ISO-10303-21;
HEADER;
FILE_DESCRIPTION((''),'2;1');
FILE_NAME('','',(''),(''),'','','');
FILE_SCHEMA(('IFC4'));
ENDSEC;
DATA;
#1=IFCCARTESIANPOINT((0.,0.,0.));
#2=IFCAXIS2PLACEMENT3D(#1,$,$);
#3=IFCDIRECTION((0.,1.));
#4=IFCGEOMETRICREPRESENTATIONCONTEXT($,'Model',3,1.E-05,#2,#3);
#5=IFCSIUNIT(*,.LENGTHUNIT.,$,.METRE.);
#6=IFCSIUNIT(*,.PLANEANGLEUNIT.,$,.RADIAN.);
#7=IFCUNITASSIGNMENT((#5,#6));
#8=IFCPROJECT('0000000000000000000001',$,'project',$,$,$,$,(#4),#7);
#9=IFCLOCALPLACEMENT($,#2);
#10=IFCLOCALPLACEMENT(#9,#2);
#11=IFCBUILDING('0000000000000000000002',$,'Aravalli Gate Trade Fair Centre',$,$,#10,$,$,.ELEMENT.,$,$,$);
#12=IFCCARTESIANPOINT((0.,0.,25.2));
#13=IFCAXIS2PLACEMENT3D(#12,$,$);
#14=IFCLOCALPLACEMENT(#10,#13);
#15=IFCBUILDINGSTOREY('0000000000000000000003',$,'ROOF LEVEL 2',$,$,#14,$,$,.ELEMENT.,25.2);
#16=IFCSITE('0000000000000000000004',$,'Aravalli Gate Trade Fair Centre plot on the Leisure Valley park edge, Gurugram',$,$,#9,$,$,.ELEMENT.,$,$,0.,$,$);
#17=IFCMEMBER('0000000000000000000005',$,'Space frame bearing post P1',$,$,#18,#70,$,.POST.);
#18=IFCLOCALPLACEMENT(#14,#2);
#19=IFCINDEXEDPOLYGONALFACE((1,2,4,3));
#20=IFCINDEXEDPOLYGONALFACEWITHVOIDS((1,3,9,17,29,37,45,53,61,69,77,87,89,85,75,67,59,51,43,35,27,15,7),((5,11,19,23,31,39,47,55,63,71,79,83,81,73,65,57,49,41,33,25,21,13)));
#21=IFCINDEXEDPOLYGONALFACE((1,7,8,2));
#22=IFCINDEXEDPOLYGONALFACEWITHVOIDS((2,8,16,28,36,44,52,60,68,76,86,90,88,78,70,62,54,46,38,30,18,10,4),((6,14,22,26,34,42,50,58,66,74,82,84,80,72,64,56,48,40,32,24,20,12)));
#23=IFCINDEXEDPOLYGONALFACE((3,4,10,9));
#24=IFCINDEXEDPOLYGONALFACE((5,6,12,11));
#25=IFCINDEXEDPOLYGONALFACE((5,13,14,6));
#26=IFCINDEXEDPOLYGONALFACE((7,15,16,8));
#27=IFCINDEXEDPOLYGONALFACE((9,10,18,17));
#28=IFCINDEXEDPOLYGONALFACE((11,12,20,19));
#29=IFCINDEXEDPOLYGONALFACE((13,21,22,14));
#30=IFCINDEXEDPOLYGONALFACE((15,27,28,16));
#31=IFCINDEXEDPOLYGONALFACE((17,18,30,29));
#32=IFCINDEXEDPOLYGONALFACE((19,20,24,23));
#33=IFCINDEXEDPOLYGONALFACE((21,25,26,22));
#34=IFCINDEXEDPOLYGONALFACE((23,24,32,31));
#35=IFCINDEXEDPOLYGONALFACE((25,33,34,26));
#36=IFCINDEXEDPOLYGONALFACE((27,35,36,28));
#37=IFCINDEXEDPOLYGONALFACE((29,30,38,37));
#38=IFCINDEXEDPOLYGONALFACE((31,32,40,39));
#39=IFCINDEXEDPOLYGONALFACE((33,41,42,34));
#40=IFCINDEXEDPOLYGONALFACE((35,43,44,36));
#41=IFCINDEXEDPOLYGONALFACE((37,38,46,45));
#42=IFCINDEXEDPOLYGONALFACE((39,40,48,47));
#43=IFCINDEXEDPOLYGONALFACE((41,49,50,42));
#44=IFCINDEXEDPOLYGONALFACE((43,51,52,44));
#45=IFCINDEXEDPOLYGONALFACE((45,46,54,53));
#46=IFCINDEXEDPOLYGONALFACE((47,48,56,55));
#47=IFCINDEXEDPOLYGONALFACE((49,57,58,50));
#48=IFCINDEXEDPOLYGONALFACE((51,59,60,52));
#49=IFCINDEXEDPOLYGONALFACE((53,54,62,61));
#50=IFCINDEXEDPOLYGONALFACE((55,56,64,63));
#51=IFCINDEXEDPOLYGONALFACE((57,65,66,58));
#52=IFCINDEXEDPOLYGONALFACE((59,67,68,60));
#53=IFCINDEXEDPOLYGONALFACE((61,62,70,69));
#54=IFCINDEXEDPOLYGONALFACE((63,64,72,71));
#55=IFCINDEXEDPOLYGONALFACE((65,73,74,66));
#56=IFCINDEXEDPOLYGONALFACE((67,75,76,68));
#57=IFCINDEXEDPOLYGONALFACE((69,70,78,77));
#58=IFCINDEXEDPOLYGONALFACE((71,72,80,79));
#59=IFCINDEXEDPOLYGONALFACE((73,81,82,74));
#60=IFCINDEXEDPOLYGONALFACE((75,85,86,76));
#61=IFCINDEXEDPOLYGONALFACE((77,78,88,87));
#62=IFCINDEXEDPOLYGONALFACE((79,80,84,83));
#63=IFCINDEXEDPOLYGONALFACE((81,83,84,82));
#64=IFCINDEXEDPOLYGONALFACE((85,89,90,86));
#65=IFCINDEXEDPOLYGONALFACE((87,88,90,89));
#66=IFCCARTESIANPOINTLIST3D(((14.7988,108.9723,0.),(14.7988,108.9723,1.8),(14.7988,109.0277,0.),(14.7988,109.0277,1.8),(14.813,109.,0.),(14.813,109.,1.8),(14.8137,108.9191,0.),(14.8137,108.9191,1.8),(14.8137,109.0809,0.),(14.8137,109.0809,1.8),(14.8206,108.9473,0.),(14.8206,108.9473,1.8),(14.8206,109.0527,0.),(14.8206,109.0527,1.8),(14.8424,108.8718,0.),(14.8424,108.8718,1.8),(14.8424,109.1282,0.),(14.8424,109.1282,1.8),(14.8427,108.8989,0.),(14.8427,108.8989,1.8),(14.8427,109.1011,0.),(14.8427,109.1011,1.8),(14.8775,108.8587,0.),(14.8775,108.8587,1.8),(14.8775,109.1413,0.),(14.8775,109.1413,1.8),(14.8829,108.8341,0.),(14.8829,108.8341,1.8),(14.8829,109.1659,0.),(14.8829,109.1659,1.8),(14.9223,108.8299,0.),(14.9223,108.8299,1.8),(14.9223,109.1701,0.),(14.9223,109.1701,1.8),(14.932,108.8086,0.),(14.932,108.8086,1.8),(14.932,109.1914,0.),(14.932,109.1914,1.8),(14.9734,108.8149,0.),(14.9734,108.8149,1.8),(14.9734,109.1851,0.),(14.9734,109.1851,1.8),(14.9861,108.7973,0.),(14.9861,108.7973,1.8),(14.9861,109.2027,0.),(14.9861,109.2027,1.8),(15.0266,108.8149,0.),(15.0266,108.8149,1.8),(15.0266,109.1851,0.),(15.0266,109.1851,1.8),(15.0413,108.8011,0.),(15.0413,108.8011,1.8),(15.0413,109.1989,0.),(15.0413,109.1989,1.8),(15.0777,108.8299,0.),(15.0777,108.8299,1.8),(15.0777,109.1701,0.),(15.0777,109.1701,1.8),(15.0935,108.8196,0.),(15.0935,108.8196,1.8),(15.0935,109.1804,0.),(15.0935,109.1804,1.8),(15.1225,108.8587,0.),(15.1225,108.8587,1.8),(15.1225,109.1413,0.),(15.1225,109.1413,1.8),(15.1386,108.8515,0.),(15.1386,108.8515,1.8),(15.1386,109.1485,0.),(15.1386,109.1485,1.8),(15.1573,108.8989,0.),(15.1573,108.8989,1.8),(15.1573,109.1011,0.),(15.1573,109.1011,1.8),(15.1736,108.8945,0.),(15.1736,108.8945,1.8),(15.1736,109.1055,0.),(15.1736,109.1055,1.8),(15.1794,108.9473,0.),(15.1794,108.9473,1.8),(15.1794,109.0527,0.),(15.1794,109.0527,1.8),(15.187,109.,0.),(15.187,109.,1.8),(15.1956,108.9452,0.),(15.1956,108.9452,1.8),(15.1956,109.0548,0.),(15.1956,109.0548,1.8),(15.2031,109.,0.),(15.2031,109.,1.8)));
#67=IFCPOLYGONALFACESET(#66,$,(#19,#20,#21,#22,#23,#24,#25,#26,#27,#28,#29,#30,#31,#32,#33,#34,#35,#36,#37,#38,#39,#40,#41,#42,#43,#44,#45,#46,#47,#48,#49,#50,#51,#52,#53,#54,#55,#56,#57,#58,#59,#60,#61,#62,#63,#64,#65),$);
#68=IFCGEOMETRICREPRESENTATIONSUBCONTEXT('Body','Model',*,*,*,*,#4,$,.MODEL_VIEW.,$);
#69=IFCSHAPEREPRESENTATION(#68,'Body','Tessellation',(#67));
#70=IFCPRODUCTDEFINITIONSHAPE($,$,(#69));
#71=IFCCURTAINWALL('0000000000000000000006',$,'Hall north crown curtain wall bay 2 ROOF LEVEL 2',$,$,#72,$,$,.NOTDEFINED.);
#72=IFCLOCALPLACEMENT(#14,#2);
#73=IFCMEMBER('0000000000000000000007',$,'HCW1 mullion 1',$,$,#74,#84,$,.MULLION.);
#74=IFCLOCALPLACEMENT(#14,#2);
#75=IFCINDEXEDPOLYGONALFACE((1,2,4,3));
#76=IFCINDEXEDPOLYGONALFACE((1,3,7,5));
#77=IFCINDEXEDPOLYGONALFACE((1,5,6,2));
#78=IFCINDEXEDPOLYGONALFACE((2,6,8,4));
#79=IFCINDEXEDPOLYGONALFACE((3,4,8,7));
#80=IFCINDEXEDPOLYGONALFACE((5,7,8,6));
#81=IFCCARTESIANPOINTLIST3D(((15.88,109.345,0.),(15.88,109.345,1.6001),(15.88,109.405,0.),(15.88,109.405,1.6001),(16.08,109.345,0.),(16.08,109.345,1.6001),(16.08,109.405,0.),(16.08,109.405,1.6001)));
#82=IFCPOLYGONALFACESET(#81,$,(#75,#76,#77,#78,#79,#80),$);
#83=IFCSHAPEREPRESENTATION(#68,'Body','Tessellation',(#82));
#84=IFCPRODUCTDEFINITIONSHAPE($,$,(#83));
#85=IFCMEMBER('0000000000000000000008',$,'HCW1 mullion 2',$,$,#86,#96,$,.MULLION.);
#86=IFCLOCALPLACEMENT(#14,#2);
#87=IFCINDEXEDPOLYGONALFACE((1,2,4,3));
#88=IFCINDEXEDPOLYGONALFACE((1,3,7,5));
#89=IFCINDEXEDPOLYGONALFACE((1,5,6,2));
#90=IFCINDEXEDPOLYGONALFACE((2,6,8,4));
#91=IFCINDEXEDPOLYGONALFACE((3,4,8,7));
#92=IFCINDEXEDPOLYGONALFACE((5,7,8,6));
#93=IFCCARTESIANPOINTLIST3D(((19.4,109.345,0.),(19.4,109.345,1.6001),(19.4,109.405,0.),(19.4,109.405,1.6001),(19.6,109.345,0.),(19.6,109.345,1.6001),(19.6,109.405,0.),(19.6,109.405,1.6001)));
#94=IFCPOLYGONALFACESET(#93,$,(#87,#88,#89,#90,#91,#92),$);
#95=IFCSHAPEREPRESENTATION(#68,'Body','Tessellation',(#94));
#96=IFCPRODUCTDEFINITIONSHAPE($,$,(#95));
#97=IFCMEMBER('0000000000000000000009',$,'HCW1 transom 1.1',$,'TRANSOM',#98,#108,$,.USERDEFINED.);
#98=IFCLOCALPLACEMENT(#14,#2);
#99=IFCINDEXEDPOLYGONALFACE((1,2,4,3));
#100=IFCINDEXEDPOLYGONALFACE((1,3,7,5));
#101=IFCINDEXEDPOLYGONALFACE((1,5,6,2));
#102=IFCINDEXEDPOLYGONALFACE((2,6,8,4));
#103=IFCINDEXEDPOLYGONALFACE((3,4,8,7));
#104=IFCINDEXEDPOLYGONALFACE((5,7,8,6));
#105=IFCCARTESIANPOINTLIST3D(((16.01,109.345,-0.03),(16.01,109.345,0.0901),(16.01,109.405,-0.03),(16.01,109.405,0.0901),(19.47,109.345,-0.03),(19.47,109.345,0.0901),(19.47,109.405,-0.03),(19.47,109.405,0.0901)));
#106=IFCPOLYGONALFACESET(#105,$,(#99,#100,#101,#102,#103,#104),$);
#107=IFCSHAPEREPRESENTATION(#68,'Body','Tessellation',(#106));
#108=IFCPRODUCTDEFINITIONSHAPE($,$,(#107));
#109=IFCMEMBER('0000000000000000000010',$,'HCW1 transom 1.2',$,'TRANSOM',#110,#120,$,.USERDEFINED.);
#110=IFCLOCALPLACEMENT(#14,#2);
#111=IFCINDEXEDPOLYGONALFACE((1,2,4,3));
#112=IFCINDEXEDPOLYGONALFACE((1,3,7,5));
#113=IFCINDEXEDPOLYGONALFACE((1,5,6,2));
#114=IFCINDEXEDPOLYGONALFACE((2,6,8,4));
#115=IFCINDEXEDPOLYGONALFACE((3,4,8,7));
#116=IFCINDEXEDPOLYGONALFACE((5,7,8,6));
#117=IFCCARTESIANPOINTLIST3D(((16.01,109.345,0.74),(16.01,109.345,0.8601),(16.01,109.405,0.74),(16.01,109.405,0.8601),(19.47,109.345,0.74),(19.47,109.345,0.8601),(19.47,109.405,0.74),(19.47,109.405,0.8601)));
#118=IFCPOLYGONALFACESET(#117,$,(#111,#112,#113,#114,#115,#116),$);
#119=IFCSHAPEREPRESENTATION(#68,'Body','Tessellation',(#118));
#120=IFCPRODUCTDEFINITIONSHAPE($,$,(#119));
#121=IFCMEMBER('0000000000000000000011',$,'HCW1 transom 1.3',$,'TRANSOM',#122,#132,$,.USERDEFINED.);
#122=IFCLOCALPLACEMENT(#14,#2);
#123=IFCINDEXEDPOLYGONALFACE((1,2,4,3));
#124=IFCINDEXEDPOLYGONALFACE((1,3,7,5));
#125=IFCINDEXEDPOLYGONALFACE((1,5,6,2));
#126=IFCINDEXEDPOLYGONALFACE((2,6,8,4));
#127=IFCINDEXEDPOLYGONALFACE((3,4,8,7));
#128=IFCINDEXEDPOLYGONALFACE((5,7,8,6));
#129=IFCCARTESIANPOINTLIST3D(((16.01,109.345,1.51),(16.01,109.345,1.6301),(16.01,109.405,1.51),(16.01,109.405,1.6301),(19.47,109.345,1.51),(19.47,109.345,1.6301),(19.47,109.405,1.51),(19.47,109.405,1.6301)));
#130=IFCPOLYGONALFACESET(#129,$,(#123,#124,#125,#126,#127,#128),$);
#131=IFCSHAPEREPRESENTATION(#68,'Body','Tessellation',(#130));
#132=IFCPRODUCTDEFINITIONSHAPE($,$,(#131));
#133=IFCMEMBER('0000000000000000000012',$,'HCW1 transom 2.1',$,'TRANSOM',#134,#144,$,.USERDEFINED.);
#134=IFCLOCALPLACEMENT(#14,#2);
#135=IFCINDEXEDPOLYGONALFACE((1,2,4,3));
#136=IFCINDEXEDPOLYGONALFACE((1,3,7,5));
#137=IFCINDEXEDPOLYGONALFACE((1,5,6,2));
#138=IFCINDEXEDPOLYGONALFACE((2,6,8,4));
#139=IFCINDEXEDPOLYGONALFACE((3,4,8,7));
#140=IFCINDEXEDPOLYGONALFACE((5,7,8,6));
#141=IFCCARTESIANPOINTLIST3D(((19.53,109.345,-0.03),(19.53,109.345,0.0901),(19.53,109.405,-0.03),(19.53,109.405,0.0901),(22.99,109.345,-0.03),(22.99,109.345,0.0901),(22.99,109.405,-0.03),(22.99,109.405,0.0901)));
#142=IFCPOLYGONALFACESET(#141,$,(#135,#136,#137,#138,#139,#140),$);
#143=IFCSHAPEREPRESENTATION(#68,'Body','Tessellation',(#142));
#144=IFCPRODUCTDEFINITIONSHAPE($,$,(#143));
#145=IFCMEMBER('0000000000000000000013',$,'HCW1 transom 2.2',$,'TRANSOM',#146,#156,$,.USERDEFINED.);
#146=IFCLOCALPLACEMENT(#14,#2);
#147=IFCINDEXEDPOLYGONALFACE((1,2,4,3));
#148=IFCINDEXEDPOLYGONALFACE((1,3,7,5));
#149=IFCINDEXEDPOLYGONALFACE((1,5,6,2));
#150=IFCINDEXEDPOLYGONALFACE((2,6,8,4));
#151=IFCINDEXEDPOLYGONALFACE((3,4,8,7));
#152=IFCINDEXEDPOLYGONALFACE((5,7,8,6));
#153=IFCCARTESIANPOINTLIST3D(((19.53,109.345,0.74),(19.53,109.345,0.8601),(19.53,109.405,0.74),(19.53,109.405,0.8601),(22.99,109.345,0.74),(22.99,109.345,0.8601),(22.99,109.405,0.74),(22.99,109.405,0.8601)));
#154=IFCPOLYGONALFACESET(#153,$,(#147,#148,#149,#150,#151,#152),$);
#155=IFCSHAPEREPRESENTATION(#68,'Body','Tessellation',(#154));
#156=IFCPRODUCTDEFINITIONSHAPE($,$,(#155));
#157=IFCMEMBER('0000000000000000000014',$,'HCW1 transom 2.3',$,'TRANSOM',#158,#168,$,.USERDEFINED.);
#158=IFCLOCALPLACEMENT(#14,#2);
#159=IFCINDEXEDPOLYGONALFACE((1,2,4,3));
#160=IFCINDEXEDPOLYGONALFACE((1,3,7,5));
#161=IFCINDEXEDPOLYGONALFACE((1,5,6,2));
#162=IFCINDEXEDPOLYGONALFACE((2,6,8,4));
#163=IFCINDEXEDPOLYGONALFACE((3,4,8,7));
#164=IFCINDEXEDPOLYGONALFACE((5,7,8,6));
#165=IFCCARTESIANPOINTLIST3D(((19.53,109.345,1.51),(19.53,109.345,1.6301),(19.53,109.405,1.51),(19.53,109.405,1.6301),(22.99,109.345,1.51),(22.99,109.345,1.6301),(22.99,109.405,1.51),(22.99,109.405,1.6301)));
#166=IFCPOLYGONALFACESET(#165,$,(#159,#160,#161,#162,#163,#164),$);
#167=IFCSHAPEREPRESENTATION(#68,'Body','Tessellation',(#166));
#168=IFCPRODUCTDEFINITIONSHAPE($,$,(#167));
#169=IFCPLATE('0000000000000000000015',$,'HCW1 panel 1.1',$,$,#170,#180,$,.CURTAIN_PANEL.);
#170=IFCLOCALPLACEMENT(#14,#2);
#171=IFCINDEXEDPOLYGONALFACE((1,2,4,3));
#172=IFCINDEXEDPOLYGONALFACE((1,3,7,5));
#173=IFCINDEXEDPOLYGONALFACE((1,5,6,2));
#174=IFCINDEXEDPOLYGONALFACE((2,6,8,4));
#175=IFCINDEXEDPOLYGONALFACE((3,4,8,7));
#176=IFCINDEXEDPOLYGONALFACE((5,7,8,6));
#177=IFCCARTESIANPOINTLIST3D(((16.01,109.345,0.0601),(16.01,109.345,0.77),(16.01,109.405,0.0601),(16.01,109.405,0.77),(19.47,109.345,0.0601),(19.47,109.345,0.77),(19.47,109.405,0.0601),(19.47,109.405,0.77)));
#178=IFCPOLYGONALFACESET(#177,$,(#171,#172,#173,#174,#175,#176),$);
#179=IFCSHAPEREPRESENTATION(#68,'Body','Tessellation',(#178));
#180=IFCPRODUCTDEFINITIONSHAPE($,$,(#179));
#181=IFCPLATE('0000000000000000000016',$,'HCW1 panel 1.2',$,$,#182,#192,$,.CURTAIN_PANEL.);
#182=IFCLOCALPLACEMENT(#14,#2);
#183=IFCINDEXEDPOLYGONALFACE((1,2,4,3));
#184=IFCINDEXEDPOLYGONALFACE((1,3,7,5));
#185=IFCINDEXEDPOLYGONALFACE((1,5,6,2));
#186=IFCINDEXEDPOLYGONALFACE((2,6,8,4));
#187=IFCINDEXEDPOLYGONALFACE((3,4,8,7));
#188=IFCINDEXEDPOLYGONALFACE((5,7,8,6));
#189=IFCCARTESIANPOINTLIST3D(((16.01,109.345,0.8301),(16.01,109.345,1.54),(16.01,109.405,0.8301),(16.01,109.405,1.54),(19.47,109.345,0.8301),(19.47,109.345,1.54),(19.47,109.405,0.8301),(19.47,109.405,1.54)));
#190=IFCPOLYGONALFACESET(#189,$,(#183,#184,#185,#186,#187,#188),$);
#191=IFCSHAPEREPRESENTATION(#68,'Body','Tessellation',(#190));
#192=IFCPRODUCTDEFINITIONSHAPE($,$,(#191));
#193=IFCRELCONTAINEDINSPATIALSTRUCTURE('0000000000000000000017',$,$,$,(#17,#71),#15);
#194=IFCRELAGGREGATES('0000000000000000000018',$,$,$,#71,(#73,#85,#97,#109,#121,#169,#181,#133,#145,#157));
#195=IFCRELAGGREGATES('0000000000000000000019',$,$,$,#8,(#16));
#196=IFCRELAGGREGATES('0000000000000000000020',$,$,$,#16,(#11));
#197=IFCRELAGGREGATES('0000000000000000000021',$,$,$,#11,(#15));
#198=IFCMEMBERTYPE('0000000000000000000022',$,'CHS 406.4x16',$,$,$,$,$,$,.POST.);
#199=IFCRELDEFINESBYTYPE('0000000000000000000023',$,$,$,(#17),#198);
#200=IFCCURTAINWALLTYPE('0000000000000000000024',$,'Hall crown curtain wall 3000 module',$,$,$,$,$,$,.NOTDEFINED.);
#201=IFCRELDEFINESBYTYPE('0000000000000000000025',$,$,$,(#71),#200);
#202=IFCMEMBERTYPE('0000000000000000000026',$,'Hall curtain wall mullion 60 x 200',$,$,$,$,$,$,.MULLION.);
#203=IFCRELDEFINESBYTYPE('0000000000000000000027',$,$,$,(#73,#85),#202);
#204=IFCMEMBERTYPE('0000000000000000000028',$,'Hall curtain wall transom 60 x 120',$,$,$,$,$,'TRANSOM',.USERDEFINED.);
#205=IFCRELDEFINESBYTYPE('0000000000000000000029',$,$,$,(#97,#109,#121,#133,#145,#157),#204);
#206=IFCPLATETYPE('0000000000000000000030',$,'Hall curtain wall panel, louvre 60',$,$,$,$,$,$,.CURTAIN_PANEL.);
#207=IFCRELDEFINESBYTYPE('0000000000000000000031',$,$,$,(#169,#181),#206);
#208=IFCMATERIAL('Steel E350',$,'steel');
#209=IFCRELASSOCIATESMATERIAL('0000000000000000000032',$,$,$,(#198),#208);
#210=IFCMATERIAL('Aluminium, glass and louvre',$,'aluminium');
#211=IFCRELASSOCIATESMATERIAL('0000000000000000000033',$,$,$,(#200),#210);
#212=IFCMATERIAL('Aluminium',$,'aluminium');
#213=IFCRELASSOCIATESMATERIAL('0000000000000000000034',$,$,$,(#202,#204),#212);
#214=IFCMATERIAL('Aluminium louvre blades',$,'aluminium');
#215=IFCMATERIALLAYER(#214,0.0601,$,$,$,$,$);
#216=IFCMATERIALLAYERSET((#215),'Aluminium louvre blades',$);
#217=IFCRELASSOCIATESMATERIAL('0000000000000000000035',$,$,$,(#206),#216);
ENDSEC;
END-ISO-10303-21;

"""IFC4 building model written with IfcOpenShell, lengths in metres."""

from ifc_helpers import new_model, si_unit, direction, frame, origin, origin_2d, place, context, subcontext, project, spatial, rectangle, hollow_circle, extrude, material, layer, layer_set, material_profile, profile_set, type_object, element, aggregate, save


model = new_model("IFC4")

# Units and contexts
model_context = context("Model", 3, precision=1e-05, world=origin(), true_north=direction((0.0, 1.0)))
body_context = subcontext(model_context, "Body", "Model", "MODEL_VIEW")
ifc_project = project(units=[si_unit("LENGTHUNIT", "METRE"), si_unit("PLANEANGLEUNIT", "RADIAN")], contexts=[model_context])

# Site, building, storey
site_placement = place(None, origin())
site = spatial("IfcSite", under=ifc_project, at=site_placement, Name="Aravalli Gate Trade Fair Centre plot on the Leisure Valley park edge, Gurugram", CompositionType="ELEMENT", RefElevation=0.0)
building_placement = place(site_placement, origin())
building = spatial("IfcBuilding", under=site, at=building_placement, Name="Aravalli Gate Trade Fair Centre", CompositionType="ELEMENT")
storey_placement = place(building_placement, frame((0.0, 0.0, 25.2)))
storey = spatial("IfcBuildingStorey", under=building, at=storey_placement, Name="ROOF LEVEL 2", CompositionType="ELEMENT", Elevation=25.2)

# Member
ifc_material_1 = material(Name="Steel E350", Category="steel")
ifc_material_profile_1 = material_profile(ifc_material_1, hollow_circle(Radius=0.2031, WallThickness=0.0161, at=origin_2d()), Name="CHS 406.4x16")
ifc_profile_set_1 = profile_set([ifc_material_profile_1], Name="Steel E350")
member_type_1 = type_object("IfcMemberType", Name="CHS 406.4x16", PredefinedType="POST", material=ifc_profile_set_1)
member_1_placement = place(storey_placement, frame((15.0, 109.0, 0.0), z_axis=(0.0, 0.0, 1.0), x_axis=(1.0, 0.0, 0.0)))
element("IfcMember", 1, at=member_1_placement, inside=storey, type_object=member_type_1, Name="Space frame bearing post P1", PredefinedType="POST", context=body_context, shape_type="SweptSolid", body=[
    extrude(hollow_circle(Radius=0.2031, WallThickness=0.0161, at=origin_2d()), origin(), (0.0, 0.0, 1.0), 1.8),
])

# Curtain wall, members, plates
ifc_material_2 = material(Name="Aluminium, glass and louvre", Category="aluminium")
curtain_wall_type = type_object("IfcCurtainWallType", Name="Hall crown curtain wall 3000 module", PredefinedType="NOTDEFINED", material=ifc_material_2)
curtain_wall_placement = place(storey_placement, origin())
curtain_wall = element("IfcCurtainWall", 2, at=curtain_wall_placement, inside=storey, type_object=curtain_wall_type, Name="Hall north crown curtain wall bay 2 ROOF LEVEL 2", PredefinedType="NOTDEFINED")
ifc_material_3 = material(Name="Aluminium", Category="aluminium")
ifc_material_profile_2 = material_profile(ifc_material_3, rectangle(XDim=0.0601, YDim=0.2, at=origin_2d()), Name="Hall curtain wall mullion 60 x 200")
ifc_profile_set_2 = profile_set([ifc_material_profile_2], Name="Aluminium")
member_type_2 = type_object("IfcMemberType", Name="Hall curtain wall mullion 60 x 200", PredefinedType="MULLION", material=ifc_profile_set_2)
member_2_placement = place(storey_placement, frame((15.98, 109.375, 0.0), z_axis=(0.0, 0.0, 1.0), x_axis=(0.0, 1.0, 0.0)))
member_2 = element("IfcMember", 3, at=member_2_placement, type_object=member_type_2, Name="HCW1 mullion 1", PredefinedType="MULLION", context=body_context, shape_type="SweptSolid", body=[
    extrude(rectangle(XDim=0.0601, YDim=0.2, at=origin_2d()), origin(), (0.0, 0.0, 1.0), 1.6001),
])
member_3_placement = place(storey_placement, frame((19.5, 109.375, 0.0), z_axis=(0.0, 0.0, 1.0), x_axis=(0.0, 1.0, 0.0)))
member_3 = element("IfcMember", 4, at=member_3_placement, type_object=member_type_2, Name="HCW1 mullion 2", PredefinedType="MULLION", context=body_context, shape_type="SweptSolid", body=[
    extrude(rectangle(XDim=0.0601, YDim=0.2, at=origin_2d()), origin(), (0.0, 0.0, 1.0), 1.6001),
])
ifc_material_profile_3 = material_profile(ifc_material_3, rectangle(XDim=0.0601, YDim=0.1201, at=origin_2d()), Name="Hall curtain wall transom 60 x 120")
ifc_profile_set_3 = profile_set([ifc_material_profile_3], Name="Aluminium")
member_type_3 = type_object("IfcMemberType", Name="Hall curtain wall transom 60 x 120", ElementType="TRANSOM", PredefinedType="USERDEFINED", material=ifc_profile_set_3)
member_4_placement = place(storey_placement, frame((16.01, 109.375, 0.03), z_axis=(1.0, 0.0, 0.0), x_axis=(0.0, 1.0, 0.0)))
member_4 = element("IfcMember", 5, at=member_4_placement, type_object=member_type_3, Name="HCW1 transom 1.1", ObjectType="TRANSOM", PredefinedType="USERDEFINED", context=body_context, shape_type="SweptSolid", body=[
    extrude(rectangle(XDim=0.0601, YDim=0.1201, at=origin_2d()), origin(), (0.0, 0.0, 1.0), 3.46),
])
member_5_placement = place(storey_placement, frame((16.01, 109.375, 0.8), z_axis=(1.0, 0.0, 0.0), x_axis=(0.0, 1.0, 0.0)))
member_5 = element("IfcMember", 6, at=member_5_placement, type_object=member_type_3, Name="HCW1 transom 1.2", ObjectType="TRANSOM", PredefinedType="USERDEFINED", context=body_context, shape_type="SweptSolid", body=[
    extrude(rectangle(XDim=0.0601, YDim=0.1201, at=origin_2d()), origin(), (0.0, 0.0, 1.0), 3.46),
])
member_6_placement = place(storey_placement, frame((16.01, 109.375, 1.5701), z_axis=(1.0, 0.0, 0.0), x_axis=(0.0, 1.0, 0.0)))
member_6 = element("IfcMember", 7, at=member_6_placement, type_object=member_type_3, Name="HCW1 transom 1.3", ObjectType="TRANSOM", PredefinedType="USERDEFINED", context=body_context, shape_type="SweptSolid", body=[
    extrude(rectangle(XDim=0.0601, YDim=0.1201, at=origin_2d()), origin(), (0.0, 0.0, 1.0), 3.46),
])
member_7_placement = place(storey_placement, frame((19.53, 109.375, 0.03), z_axis=(1.0, 0.0, 0.0), x_axis=(0.0, 1.0, 0.0)))
member_7 = element("IfcMember", 8, at=member_7_placement, type_object=member_type_3, Name="HCW1 transom 2.1", ObjectType="TRANSOM", PredefinedType="USERDEFINED", context=body_context, shape_type="SweptSolid", body=[
    extrude(rectangle(XDim=0.0601, YDim=0.1201, at=origin_2d()), origin(), (0.0, 0.0, 1.0), 3.46),
])
member_8_placement = place(storey_placement, frame((19.53, 109.375, 0.8), z_axis=(1.0, 0.0, 0.0), x_axis=(0.0, 1.0, 0.0)))
member_8 = element("IfcMember", 9, at=member_8_placement, type_object=member_type_3, Name="HCW1 transom 2.2", ObjectType="TRANSOM", PredefinedType="USERDEFINED", context=body_context, shape_type="SweptSolid", body=[
    extrude(rectangle(XDim=0.0601, YDim=0.1201, at=origin_2d()), origin(), (0.0, 0.0, 1.0), 3.46),
])
member_9_placement = place(storey_placement, frame((19.53, 109.375, 1.5701), z_axis=(1.0, 0.0, 0.0), x_axis=(0.0, 1.0, 0.0)))
member_9 = element("IfcMember", 10, at=member_9_placement, type_object=member_type_3, Name="HCW1 transom 2.3", ObjectType="TRANSOM", PredefinedType="USERDEFINED", context=body_context, shape_type="SweptSolid", body=[
    extrude(rectangle(XDim=0.0601, YDim=0.1201, at=origin_2d()), origin(), (0.0, 0.0, 1.0), 3.46),
])
ifc_material_4 = material(Name="Aluminium louvre blades", Category="aluminium")
ifc_layer_1 = layer(ifc_material_4, 0.0601)
ifc_layer_set_1 = layer_set([ifc_layer_1], Name="Aluminium louvre blades")
plate_type = type_object("IfcPlateType", Name="Hall curtain wall panel, louvre 60", PredefinedType="CURTAIN_PANEL", material=ifc_layer_set_1)
plate_1_placement = place(storey_placement, frame((17.74, 109.375, 0.0601), z_axis=(0.0, 0.0, 1.0), x_axis=(1.0, 0.0, 0.0)))
plate_1 = element("IfcPlate", 11, at=plate_1_placement, type_object=plate_type, Name="HCW1 panel 1.1", PredefinedType="CURTAIN_PANEL", context=body_context, shape_type="SweptSolid", body=[
    extrude(rectangle(XDim=3.46, YDim=0.0601, at=origin_2d()), origin(), (0.0, 0.0, 1.0), 0.71),
])
plate_2_placement = place(storey_placement, frame((17.74, 109.375, 0.8301), z_axis=(0.0, 0.0, 1.0), x_axis=(1.0, 0.0, 0.0)))
plate_2 = element("IfcPlate", 12, at=plate_2_placement, type_object=plate_type, Name="HCW1 panel 1.2", PredefinedType="CURTAIN_PANEL", context=body_context, shape_type="SweptSolid", body=[
    extrude(rectangle(XDim=3.46, YDim=0.0601, at=origin_2d()), origin(), (0.0, 0.0, 1.0), 0.71),
])
aggregate(curtain_wall, [member_2, member_3, member_4, member_5, member_6, plate_1, plate_2, member_7, member_8, member_9])

save(model, "model.ifc")
